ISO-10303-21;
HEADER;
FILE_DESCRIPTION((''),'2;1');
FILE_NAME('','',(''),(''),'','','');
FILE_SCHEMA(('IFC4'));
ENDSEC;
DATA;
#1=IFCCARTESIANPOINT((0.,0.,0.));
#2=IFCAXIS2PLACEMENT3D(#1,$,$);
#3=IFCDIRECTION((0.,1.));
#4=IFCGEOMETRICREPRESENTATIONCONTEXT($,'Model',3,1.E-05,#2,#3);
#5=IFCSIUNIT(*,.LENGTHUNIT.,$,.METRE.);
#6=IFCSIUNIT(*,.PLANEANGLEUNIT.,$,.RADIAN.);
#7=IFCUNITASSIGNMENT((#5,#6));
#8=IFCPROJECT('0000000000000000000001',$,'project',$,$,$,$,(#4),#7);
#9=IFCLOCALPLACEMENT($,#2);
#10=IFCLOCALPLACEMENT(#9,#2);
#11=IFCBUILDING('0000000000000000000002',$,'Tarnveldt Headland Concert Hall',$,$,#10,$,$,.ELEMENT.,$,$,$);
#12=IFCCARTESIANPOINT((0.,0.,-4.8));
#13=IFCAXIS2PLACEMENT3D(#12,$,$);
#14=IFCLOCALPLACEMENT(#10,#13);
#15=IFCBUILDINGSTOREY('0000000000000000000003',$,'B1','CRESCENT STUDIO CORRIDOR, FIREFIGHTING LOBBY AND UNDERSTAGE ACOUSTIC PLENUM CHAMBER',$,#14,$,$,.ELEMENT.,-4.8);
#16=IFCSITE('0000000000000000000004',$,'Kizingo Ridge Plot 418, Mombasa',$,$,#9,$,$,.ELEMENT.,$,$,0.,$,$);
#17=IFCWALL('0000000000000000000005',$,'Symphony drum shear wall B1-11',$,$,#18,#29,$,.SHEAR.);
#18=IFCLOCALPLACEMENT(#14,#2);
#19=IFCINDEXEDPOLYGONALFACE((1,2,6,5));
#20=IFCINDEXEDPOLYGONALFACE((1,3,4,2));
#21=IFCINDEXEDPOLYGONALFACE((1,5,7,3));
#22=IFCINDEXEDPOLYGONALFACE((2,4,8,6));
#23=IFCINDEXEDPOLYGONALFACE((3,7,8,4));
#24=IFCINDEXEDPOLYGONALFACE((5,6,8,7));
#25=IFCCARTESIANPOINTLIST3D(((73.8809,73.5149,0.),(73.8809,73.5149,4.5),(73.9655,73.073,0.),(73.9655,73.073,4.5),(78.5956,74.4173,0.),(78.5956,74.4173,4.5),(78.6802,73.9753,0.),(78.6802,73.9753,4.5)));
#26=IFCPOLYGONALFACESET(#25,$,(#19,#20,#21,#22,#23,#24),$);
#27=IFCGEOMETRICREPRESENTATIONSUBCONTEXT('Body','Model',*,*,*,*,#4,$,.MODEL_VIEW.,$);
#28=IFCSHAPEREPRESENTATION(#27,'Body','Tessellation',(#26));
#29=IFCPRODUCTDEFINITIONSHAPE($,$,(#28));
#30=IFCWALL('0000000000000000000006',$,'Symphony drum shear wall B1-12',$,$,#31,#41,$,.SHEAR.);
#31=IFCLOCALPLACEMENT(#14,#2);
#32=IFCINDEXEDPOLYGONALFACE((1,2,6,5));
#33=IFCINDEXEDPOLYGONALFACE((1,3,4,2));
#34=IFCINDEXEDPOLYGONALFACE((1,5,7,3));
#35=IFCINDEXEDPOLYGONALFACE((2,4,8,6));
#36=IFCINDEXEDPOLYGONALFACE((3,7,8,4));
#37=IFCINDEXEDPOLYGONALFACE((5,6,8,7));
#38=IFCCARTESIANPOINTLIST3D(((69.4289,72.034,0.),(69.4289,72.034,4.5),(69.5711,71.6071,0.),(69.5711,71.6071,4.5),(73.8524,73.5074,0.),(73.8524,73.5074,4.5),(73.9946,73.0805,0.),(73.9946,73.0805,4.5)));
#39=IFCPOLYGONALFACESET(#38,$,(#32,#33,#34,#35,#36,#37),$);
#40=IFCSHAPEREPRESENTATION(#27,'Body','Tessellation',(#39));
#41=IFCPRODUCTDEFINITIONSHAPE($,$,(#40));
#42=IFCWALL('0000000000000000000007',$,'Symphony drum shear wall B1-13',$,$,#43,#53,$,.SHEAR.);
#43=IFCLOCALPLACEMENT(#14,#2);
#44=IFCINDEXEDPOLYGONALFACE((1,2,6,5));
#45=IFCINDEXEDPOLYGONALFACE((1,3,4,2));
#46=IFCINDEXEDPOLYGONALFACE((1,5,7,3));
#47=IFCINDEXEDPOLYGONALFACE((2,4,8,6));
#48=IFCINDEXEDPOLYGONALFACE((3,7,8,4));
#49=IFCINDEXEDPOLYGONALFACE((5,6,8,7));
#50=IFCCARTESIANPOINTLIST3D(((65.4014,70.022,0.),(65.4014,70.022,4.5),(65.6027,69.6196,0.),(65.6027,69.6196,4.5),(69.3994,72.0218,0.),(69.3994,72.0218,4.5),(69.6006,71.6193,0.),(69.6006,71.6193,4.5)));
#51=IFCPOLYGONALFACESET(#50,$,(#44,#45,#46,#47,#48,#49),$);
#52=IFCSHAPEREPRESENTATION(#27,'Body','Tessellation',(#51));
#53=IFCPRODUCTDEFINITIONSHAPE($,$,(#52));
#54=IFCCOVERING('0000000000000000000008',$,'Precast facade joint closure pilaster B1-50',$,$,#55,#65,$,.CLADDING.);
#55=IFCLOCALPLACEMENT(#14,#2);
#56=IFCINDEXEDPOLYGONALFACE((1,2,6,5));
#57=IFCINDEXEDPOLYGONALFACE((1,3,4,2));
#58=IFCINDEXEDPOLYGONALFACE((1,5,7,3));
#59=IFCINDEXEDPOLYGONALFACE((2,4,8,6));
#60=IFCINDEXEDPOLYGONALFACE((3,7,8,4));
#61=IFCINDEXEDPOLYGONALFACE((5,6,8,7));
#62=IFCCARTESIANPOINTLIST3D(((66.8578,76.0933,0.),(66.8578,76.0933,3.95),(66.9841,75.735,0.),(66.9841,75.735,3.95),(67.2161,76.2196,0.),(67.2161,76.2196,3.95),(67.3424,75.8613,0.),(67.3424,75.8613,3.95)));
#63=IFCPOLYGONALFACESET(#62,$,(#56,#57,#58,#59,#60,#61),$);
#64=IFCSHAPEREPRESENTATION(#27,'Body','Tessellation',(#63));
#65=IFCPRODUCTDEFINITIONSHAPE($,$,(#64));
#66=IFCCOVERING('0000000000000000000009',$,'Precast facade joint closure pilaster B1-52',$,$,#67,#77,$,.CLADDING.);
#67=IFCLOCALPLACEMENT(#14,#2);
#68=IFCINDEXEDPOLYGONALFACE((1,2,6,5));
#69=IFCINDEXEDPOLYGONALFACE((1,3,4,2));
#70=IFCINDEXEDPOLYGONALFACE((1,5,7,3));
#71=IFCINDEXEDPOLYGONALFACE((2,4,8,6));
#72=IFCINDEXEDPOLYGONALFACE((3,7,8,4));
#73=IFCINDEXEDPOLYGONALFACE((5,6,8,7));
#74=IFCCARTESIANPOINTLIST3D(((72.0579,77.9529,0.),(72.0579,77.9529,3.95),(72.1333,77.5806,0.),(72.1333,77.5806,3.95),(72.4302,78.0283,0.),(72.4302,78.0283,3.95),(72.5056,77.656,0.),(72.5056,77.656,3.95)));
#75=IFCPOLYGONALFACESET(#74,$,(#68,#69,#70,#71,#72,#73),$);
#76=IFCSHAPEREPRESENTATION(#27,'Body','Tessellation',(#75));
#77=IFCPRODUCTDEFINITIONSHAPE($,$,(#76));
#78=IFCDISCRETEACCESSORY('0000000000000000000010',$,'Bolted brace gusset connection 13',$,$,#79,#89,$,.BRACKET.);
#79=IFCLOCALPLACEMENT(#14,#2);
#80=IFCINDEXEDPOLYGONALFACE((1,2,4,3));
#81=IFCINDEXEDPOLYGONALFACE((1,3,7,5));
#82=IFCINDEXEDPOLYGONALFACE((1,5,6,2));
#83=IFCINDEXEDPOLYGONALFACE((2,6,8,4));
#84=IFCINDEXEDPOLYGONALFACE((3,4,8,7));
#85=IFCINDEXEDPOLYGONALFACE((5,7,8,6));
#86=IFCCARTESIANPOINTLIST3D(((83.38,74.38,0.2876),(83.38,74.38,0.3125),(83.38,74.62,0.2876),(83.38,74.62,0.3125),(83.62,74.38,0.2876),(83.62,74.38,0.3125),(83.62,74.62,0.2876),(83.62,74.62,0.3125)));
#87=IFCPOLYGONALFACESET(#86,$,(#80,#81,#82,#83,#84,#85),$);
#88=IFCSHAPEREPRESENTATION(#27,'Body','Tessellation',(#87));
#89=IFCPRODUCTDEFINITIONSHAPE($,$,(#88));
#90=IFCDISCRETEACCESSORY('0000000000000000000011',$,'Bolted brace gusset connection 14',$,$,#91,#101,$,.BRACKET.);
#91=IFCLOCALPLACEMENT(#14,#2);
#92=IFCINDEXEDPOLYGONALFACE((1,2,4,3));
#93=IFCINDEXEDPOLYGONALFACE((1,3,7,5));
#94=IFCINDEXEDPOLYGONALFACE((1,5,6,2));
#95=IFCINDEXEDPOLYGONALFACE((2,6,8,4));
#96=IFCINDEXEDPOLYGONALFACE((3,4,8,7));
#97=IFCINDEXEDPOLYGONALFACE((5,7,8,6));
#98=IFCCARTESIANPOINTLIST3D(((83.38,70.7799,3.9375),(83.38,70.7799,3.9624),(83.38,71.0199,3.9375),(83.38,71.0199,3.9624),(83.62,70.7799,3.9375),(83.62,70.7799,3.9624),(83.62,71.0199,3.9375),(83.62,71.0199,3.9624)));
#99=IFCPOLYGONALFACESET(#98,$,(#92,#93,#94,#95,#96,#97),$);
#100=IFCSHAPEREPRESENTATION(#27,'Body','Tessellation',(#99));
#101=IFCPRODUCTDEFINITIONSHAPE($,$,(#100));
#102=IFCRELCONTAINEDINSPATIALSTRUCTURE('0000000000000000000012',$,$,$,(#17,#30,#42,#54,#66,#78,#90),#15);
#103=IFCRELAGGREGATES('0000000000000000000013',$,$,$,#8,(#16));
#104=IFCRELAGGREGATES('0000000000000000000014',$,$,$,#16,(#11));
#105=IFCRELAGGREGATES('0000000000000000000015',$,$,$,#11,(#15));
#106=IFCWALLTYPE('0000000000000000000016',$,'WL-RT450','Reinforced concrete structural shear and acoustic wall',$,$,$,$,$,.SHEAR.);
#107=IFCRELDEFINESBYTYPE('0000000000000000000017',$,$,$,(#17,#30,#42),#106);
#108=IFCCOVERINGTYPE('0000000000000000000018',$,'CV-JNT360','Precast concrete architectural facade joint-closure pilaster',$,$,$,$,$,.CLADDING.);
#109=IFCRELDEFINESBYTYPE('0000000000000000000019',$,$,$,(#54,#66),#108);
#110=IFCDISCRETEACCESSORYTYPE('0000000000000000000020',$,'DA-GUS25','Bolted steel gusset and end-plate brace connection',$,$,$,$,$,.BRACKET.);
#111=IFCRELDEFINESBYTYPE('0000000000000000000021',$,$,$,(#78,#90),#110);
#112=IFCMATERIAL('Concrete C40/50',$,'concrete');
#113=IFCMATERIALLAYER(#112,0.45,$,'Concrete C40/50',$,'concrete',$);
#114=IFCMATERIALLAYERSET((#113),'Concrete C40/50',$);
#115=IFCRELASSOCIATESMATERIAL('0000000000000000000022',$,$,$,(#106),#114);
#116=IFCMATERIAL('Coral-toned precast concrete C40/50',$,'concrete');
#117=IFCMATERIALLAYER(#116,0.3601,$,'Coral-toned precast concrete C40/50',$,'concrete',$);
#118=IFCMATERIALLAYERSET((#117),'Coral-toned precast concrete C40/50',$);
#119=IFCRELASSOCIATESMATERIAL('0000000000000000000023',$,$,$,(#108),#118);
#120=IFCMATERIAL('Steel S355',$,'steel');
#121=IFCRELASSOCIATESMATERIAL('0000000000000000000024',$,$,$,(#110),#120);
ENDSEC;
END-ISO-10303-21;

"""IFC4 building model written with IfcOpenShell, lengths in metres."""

from ifc_helpers import new_model, si_unit, direction, frame, frame_2d, origin, origin_2d, place, context, subcontext, project, spatial, rectangle, extrude, material, layer, layer_set, type_object, element, save


model = new_model("IFC4")

# Units and contexts
model_context = context("Model", 3, precision=1e-05, world=origin(), true_north=direction((0.0, 1.0)))
body_context = subcontext(model_context, "Body", "Model", "MODEL_VIEW")
ifc_project = project(units=[si_unit("LENGTHUNIT", "METRE"), si_unit("PLANEANGLEUNIT", "RADIAN")], contexts=[model_context])

# Site, building, storey
site_placement = place(None, origin())
site = spatial("IfcSite", under=ifc_project, at=site_placement, Name="Kizingo Ridge Plot 418, Mombasa", CompositionType="ELEMENT", RefElevation=0.0)
building_placement = place(site_placement, origin())
building = spatial("IfcBuilding", under=site, at=building_placement, Name="Tarnveldt Headland Concert Hall", CompositionType="ELEMENT")
storey_placement = place(building_placement, frame((0.0, 0.0, -4.8)))
storey = spatial("IfcBuildingStorey", under=building, at=storey_placement, Name="B1", Description="CRESCENT STUDIO CORRIDOR, FIREFIGHTING LOBBY AND UNDERSTAGE ACOUSTIC PLENUM CHAMBER", CompositionType="ELEMENT", Elevation=-4.8)

# Shared definitions
ifc_material_1 = material(Name="Concrete C40/50", Category="concrete")

# Shared definitions
ifc_material_2 = material(Name="Steel S355", Category="steel")

# Walls
ifc_material_3 = material(Name="Coral-toned precast concrete C40/50", Category="concrete")
ifc_layer_1 = layer(ifc_material_1, 0.45, Name="Concrete C40/50", Category="concrete")
ifc_layer_set_1 = layer_set([ifc_layer_1], Name="Concrete C40/50")
wall_type_1 = type_object("IfcWallType", Name="WL-RT450", Description="Reinforced concrete structural shear and acoustic wall", PredefinedType="SHEAR", material=ifc_layer_set_1)
wall_1_placement = place(storey_placement, frame((78.6379, 74.1963, 0.0), z_axis=(0.0, 0.0, 1.0), x_axis=(-0.982173, -0.187981, 0.0)))
element("IfcWall", 1, at=wall_1_placement, inside=storey, type_object=wall_type_1, Name="Symphony drum shear wall B1-11", PredefinedType="SHEAR", context=body_context, shape_type="SweptSolid", body=[
    extrude(rectangle(XDim=4.8003, YDim=0.45, at=frame_2d((2.4001, 0.0))), origin(), (0.0, 0.0, 1.0), 4.5),
])
wall_2_placement = place(storey_placement, frame((73.9233, 73.2939, 0.0), z_axis=(0.0, 0.0, 1.0), x_axis=(-0.948751, -0.316024, 0.0)))
element("IfcWall", 2, at=wall_2_placement, inside=storey, type_object=wall_type_1, Name="Symphony drum shear wall B1-12", PredefinedType="SHEAR", context=body_context, shape_type="SweptSolid", body=[
    extrude(rectangle(XDim=4.6624, YDim=0.45, at=frame_2d((2.3311, 0.0))), origin(), (0.0, 0.0, 1.0), 4.5),
])
wall_3_placement = place(storey_placement, frame((69.5, 71.8206, 0.0), z_axis=(0.0, 0.0, 1.0), x_axis=(-0.894362, -0.447345, 0.0)))
element("IfcWall", 3, at=wall_3_placement, inside=storey, type_object=wall_type_1, Name="Symphony drum shear wall B1-13", PredefinedType="SHEAR", context=body_context, shape_type="SweptSolid", body=[
    extrude(rectangle(XDim=4.4702, YDim=0.45, at=frame_2d((2.2351, 0.0))), origin(), (0.0, 0.0, 1.0), 4.5),
])

# Coverings
ifc_layer_2 = layer(ifc_material_3, 0.3601, Name="Coral-toned precast concrete C40/50", Category="concrete")
ifc_layer_set_2 = layer_set([ifc_layer_2], Name="Coral-toned precast concrete C40/50")
covering_type = type_object("IfcCoveringType", Name="CV-JNT360", Description="Precast concrete architectural facade joint-closure pilaster", PredefinedType="CLADDING", material=ifc_layer_set_2)
for number, where, z_axis, x_axis, name in (
    (4, (67.1001, 75.9773, 0.0), (0.0, 0.0, 1.0), (0.943107, 0.33249, 0.0), "Precast facade joint closure pilaster B1-50"),
    (5, (72.2817, 77.8044, 0.0), (0.0, 0.0, 1.0), (0.980098, 0.198513, 0.0), "Precast facade joint closure pilaster B1-52"),
):
    element("IfcCovering", number, at=place(storey_placement, frame(where, z_axis=z_axis, x_axis=x_axis)), inside=storey, type_object=covering_type, Name=name, PredefinedType="CLADDING", context=body_context, shape_type="SweptSolid", body=[
        extrude(rectangle(XDim=0.3799, YDim=0.3799, at=origin_2d()), origin(), (0.0, 0.0, 1.0), 3.95),
    ])

# Discrete accessories
discrete_accessory_type = type_object("IfcDiscreteAccessoryType", Name="DA-GUS25", Description="Bolted steel gusset and end-plate brace connection", PredefinedType="BRACKET", material=ifc_material_2)
for number, where, z_axis, x_axis, name in (
    (6, (83.5, 74.5, 0.2876), (0.0, 0.0, 1.0), (1.0, 0.0, 0.0), "Bolted brace gusset connection 13"),
    (7, (83.5, 70.8999, 3.9375), (0.0, 0.0, 1.0), (1.0, 0.0, 0.0), "Bolted brace gusset connection 14"),
):
    element("IfcDiscreteAccessory", number, at=place(storey_placement, frame(where, z_axis=z_axis, x_axis=x_axis)), inside=storey, type_object=discrete_accessory_type, Name=name, PredefinedType="BRACKET", context=body_context, shape_type="SweptSolid", body=[
        extrude(rectangle(XDim=0.24, YDim=0.24, at=origin_2d()), origin(), (0.0, 0.0, 1.0), 0.0249),
    ])

save(model, "model.ifc")
